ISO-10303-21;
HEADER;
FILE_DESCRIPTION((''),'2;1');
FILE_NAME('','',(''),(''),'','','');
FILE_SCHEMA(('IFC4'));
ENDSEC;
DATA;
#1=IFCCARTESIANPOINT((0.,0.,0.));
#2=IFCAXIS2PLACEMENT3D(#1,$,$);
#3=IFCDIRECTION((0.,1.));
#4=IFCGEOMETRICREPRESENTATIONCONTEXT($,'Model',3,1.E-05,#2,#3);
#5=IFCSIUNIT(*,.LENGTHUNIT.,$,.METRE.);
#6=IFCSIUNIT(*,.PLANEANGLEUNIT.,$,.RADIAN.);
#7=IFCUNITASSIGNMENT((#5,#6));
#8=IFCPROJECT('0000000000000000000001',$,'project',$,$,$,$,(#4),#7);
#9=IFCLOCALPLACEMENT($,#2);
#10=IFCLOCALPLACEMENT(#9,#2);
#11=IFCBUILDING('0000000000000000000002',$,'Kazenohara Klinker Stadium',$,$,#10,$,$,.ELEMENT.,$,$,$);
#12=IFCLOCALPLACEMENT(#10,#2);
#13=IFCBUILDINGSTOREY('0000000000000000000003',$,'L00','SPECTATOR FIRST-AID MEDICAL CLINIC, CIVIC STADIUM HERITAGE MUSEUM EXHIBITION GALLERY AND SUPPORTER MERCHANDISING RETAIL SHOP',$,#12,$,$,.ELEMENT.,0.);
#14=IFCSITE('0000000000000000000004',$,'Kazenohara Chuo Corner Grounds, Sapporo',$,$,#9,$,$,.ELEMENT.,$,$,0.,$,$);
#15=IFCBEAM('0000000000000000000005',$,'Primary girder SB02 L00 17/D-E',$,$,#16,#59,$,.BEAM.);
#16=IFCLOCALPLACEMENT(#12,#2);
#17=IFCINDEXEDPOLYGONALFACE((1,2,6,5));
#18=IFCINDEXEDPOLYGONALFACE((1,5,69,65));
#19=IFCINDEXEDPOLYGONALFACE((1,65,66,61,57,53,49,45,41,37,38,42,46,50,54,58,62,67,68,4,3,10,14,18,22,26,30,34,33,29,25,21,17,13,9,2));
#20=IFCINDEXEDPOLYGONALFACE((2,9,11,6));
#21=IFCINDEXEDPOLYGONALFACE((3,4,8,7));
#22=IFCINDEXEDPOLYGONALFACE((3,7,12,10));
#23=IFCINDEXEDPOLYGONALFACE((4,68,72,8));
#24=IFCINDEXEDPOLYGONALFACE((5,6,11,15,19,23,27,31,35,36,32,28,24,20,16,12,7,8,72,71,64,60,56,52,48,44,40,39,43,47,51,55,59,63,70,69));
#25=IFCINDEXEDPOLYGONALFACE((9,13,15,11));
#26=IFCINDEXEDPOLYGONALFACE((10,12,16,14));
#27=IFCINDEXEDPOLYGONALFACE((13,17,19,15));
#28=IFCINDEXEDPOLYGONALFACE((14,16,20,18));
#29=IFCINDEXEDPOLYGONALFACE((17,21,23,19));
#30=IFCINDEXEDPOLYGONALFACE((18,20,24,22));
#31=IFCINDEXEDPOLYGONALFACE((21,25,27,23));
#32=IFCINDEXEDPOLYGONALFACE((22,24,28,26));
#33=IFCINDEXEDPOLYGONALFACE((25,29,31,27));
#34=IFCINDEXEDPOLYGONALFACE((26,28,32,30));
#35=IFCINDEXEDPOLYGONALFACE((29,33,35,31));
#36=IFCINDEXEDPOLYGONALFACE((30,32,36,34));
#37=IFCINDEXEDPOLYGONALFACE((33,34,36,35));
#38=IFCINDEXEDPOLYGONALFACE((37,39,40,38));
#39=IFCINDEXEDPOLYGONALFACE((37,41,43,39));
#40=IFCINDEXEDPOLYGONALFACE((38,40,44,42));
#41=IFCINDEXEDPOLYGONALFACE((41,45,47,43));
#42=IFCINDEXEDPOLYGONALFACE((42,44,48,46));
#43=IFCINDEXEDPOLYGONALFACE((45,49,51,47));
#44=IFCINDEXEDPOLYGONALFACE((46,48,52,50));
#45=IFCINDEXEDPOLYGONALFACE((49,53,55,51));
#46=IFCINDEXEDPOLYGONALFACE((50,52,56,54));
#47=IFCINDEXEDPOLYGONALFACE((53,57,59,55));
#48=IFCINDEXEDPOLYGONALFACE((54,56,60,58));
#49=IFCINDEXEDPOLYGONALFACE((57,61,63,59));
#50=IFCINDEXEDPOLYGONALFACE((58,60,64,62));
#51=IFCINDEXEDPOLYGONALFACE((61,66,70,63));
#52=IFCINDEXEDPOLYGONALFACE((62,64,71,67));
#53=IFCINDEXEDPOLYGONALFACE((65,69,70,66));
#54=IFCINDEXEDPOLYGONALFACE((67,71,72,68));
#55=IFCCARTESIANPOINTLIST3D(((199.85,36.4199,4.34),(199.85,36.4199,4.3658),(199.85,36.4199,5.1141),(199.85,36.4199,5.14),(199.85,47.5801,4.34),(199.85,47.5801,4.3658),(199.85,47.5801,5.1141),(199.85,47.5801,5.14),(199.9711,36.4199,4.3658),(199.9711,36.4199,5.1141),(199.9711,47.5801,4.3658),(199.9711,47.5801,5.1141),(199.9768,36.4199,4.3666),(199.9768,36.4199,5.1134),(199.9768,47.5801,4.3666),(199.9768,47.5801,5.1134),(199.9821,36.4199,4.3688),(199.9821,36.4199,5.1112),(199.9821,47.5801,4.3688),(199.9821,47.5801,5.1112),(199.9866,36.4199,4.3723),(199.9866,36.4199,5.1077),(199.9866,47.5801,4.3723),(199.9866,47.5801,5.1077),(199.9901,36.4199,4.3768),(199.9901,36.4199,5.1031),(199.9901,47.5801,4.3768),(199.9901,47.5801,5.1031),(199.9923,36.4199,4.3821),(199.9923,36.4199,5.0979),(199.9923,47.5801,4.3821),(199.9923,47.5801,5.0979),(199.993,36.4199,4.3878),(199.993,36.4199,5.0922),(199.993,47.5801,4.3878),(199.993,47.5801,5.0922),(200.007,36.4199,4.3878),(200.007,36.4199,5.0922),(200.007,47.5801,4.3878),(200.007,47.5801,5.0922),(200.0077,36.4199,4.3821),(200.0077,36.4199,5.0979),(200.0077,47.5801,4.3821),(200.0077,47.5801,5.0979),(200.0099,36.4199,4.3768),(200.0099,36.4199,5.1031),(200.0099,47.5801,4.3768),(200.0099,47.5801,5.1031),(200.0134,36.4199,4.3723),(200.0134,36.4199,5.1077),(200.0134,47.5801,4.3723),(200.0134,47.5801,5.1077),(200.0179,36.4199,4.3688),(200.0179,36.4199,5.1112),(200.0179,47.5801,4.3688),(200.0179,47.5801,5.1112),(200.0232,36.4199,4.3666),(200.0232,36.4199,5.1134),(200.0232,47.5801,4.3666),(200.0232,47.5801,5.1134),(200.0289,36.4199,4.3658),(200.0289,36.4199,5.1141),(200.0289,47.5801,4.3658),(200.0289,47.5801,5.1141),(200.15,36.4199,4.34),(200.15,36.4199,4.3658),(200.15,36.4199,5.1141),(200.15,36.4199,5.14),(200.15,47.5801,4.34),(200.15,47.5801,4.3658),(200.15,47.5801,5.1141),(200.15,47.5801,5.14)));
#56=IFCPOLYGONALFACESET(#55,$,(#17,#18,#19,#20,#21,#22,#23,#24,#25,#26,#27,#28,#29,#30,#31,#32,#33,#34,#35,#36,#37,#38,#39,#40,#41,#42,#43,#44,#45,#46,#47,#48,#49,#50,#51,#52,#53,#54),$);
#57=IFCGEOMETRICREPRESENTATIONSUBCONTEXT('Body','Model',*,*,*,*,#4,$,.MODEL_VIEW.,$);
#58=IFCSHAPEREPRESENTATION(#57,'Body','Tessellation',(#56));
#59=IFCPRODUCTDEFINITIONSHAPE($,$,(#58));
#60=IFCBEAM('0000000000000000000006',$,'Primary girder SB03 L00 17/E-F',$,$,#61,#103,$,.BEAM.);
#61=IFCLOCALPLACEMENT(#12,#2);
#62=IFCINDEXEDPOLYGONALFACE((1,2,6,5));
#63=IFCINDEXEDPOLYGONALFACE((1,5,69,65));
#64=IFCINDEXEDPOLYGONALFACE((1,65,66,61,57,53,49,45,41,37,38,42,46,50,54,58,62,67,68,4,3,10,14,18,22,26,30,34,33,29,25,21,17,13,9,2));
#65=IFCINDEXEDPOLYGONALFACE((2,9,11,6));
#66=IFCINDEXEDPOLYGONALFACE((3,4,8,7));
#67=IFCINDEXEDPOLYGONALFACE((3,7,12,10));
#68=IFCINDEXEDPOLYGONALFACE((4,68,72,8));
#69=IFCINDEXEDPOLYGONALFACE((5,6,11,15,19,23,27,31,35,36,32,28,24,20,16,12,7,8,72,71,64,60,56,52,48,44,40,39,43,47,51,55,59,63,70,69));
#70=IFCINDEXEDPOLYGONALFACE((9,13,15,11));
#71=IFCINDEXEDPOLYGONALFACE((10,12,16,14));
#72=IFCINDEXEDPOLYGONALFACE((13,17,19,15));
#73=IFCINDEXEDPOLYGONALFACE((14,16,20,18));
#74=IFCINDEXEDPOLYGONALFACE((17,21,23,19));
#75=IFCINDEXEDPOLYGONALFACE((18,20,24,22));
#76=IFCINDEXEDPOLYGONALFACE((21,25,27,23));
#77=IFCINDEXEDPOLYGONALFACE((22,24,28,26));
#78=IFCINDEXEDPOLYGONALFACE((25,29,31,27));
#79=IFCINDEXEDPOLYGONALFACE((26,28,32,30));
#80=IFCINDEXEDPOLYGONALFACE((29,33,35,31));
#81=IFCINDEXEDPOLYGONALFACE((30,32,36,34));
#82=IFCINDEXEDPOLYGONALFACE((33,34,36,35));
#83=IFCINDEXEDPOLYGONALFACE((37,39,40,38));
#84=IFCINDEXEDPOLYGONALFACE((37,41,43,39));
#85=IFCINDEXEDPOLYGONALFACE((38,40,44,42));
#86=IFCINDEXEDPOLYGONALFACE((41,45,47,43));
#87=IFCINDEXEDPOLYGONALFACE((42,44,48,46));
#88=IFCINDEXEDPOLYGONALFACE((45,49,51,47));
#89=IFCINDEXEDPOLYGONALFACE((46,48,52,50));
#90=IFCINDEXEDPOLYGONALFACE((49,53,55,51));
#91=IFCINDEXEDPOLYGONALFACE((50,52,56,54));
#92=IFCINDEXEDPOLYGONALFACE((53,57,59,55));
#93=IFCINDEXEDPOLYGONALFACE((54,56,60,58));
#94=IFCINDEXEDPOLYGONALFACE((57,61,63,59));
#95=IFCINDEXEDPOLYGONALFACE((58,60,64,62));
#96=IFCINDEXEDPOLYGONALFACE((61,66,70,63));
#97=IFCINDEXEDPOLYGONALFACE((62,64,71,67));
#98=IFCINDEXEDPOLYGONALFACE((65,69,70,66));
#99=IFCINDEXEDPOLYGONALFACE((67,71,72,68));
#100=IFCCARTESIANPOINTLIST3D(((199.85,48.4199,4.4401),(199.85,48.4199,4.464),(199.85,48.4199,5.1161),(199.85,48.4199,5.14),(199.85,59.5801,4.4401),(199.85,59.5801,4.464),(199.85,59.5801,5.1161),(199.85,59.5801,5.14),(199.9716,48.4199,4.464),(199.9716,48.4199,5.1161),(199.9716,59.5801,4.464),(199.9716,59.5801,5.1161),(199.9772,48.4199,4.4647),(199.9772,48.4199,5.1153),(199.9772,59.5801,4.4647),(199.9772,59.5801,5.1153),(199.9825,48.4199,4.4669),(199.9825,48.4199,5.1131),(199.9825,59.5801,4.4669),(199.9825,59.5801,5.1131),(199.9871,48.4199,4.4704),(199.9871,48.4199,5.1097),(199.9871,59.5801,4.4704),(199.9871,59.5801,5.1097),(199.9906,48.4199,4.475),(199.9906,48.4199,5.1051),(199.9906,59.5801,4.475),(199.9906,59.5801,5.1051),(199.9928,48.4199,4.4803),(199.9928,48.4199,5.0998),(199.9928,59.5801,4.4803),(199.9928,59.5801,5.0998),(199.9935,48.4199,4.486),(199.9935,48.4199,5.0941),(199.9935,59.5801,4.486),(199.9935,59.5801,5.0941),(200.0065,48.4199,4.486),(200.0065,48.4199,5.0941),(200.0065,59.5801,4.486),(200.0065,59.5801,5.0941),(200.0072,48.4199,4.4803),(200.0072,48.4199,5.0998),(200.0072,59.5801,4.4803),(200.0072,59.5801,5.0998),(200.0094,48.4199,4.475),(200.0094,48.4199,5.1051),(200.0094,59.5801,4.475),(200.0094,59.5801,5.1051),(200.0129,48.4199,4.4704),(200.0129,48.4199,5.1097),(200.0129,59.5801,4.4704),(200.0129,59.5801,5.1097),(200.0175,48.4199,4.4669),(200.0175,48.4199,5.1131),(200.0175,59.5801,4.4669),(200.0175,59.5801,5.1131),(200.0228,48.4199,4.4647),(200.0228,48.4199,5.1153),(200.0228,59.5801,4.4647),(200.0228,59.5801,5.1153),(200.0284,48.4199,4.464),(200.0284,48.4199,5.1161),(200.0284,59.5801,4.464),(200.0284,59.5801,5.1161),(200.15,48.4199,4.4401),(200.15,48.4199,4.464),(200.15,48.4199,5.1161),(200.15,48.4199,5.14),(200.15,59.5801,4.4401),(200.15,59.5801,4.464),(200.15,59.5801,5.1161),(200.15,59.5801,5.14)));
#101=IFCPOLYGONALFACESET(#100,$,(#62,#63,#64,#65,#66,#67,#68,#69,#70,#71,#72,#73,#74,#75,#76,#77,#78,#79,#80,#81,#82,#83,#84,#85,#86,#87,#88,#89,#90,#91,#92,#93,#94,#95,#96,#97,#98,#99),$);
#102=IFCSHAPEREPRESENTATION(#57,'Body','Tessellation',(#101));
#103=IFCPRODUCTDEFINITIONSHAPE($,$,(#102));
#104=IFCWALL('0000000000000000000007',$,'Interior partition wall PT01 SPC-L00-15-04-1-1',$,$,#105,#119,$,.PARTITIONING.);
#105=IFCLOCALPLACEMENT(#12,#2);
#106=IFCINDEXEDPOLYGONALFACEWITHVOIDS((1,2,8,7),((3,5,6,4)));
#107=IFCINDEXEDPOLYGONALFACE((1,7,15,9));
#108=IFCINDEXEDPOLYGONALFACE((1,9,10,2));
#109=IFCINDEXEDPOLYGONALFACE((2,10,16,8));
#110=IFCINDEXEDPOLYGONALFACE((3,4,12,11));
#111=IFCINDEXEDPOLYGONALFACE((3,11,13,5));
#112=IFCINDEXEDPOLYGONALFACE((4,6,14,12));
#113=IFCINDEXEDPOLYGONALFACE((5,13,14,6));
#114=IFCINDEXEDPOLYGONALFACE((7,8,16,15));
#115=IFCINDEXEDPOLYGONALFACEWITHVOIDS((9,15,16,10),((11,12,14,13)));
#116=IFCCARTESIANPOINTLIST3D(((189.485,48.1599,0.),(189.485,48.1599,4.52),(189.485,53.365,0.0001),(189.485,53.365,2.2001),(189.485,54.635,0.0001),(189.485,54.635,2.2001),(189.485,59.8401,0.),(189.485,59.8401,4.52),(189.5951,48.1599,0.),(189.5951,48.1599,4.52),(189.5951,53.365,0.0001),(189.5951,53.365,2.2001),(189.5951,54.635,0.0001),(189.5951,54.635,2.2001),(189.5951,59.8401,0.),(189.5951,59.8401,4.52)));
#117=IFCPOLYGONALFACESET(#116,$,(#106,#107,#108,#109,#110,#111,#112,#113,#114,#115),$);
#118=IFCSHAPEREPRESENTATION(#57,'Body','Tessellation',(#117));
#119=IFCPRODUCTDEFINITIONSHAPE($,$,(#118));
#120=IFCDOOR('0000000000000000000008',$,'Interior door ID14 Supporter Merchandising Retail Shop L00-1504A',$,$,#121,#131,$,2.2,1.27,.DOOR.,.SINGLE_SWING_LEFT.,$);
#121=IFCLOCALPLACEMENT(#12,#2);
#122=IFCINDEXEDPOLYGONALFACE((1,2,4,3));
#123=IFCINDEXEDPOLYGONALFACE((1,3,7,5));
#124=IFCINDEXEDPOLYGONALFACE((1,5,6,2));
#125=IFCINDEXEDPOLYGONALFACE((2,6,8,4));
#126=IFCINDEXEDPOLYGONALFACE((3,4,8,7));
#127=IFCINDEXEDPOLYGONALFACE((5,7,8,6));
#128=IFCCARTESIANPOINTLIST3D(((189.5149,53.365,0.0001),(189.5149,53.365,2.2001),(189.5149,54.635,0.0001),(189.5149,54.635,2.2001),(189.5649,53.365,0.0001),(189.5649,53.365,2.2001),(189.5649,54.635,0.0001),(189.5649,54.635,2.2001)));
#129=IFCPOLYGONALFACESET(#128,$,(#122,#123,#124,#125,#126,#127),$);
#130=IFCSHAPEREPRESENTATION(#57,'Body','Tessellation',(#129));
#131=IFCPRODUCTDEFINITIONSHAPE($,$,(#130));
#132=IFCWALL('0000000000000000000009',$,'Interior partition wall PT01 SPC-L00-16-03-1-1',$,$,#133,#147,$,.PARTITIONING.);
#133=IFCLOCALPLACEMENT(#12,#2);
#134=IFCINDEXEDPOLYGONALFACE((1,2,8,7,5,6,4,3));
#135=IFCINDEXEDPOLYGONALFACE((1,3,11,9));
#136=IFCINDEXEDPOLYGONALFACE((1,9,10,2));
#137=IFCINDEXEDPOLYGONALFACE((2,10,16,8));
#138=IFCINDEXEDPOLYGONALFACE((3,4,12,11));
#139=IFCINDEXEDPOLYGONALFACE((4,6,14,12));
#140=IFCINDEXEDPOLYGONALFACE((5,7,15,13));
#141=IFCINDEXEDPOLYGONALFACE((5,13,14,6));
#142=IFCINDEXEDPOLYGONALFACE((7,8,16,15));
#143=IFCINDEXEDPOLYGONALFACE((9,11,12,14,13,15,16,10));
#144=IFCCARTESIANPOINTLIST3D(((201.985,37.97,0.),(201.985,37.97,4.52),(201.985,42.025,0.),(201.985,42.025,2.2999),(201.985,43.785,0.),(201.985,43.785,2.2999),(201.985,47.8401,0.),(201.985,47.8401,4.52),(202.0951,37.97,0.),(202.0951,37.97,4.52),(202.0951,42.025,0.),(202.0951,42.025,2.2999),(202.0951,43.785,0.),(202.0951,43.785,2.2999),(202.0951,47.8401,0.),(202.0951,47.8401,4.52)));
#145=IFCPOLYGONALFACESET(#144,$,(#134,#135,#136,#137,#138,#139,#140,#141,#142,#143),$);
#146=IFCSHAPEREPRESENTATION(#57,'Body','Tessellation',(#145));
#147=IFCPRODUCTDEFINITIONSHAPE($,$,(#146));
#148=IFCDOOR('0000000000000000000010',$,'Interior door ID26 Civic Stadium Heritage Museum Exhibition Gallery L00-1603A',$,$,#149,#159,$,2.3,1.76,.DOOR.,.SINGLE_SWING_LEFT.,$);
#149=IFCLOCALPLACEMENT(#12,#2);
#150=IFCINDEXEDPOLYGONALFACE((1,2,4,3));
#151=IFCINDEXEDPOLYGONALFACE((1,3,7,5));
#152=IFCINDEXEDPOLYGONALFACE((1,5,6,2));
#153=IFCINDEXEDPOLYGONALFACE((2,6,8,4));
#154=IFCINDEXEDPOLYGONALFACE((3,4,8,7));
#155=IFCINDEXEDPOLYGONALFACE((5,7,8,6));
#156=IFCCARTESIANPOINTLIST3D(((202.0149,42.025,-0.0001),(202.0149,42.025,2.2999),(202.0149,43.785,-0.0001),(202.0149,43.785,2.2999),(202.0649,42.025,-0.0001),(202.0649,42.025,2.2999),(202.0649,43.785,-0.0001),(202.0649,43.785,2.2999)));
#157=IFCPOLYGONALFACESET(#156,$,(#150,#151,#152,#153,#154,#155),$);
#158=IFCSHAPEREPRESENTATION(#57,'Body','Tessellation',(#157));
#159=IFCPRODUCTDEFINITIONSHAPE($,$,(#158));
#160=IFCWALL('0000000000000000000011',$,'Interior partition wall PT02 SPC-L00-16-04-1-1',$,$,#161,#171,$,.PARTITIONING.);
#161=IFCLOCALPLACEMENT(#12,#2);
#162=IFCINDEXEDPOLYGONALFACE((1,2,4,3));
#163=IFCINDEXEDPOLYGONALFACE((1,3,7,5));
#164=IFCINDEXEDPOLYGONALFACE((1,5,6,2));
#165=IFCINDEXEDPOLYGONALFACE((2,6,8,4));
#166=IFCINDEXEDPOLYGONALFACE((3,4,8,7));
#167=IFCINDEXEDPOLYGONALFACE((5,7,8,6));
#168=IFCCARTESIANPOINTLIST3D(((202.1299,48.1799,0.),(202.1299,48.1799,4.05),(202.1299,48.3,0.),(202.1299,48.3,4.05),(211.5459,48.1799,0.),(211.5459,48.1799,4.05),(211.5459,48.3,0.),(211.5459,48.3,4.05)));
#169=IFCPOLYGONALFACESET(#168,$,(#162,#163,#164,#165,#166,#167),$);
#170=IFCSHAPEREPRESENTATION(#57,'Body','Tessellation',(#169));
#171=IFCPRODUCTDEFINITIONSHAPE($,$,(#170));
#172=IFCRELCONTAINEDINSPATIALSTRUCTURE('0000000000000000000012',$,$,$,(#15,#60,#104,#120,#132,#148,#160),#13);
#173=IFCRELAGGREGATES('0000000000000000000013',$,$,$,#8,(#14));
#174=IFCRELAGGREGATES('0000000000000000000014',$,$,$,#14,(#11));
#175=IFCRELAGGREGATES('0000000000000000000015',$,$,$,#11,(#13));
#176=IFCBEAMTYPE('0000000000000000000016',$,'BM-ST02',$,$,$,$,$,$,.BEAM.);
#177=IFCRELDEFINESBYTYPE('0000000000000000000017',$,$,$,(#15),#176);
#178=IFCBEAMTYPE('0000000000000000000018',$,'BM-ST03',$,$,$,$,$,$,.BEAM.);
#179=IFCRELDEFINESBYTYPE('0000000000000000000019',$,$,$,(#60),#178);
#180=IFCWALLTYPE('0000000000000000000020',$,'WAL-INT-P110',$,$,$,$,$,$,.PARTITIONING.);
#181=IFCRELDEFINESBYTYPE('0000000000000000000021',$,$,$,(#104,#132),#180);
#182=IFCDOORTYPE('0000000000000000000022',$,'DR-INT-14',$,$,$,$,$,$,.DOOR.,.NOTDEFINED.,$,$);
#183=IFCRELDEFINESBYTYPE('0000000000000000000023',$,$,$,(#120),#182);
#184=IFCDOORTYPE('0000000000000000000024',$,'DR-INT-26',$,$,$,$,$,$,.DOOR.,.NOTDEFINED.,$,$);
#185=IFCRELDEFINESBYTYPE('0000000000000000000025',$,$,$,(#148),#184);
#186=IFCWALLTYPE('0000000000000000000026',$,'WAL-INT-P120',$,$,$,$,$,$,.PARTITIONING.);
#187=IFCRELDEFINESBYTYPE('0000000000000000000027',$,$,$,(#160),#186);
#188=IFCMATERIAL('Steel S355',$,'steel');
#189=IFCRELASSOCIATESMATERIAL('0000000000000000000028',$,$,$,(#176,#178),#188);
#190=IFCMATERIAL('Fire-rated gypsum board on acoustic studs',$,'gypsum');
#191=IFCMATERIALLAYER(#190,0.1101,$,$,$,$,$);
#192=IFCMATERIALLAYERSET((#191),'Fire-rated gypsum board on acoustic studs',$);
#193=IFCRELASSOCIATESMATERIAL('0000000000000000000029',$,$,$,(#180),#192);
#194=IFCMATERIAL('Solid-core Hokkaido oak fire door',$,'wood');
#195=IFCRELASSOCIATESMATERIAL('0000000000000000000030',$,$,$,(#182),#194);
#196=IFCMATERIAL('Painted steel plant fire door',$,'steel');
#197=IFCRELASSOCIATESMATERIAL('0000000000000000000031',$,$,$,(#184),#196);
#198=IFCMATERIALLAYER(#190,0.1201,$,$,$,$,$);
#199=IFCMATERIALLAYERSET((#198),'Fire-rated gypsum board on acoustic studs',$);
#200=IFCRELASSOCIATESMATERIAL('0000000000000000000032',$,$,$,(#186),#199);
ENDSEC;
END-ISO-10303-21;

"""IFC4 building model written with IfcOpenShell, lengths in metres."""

from ifc_helpers import new_model, si_unit, direction, frame, frame_2d, origin, origin_2d, place, context, subcontext, project, spatial, rectangle, i_section, extrude, material, layer, layer_set, material_profile, profile_set, type_object, element, fill, save


model = new_model("IFC4")

# Units and contexts
model_context = context("Model", 3, precision=1e-05, world=origin(), true_north=direction((0.0, 1.0)))
body_context = subcontext(model_context, "Body", "Model", "MODEL_VIEW")
ifc_project = project(units=[si_unit("LENGTHUNIT", "METRE"), si_unit("PLANEANGLEUNIT", "RADIAN")], contexts=[model_context])

# Site, building, storey
site_placement = place(None, origin())
site = spatial("IfcSite", under=ifc_project, at=site_placement, Name="Kazenohara Chuo Corner Grounds, Sapporo", CompositionType="ELEMENT", RefElevation=0.0)
building_placement = place(site_placement, origin())
building = spatial("IfcBuilding", under=site, at=building_placement, Name="Kazenohara Klinker Stadium", CompositionType="ELEMENT")
storey_placement = place(building_placement, origin())
storey = spatial("IfcBuildingStorey", under=building, at=storey_placement, Name="L00", Description="SPECTATOR FIRST-AID MEDICAL CLINIC, CIVIC STADIUM HERITAGE MUSEUM EXHIBITION GALLERY AND SUPPORTER MERCHANDISING RETAIL SHOP", CompositionType="ELEMENT", Elevation=0.0)

# Beams
ifc_material_1 = material(Name="Steel S355", Category="steel")
ifc_material_profile_1 = material_profile(ifc_material_1, i_section(OverallWidth=0.3, OverallDepth=0.8, WebThickness=0.0139, FlangeThickness=0.0259, FilletRadius=0.022, at=origin_2d()), Name="H-800x300x14x26")
ifc_profile_set_1 = profile_set([ifc_material_profile_1], Name="Steel S355")
beam_type_1 = type_object("IfcBeamType", Name="BM-ST02", PredefinedType="BEAM", material=ifc_profile_set_1)
beam_1_placement = place(storey_placement, frame((200.0, 36.4199, 4.74), z_axis=(0.0, 1.0, 0.0), x_axis=(-1.0, 0.0, 0.0)))
element("IfcBeam", 1, at=beam_1_placement, inside=storey, type_object=beam_type_1, Name="Primary girder SB02 L00 17/D-E", PredefinedType="BEAM", context=body_context, shape_type="SweptSolid", body=[
    extrude(i_section(OverallWidth=0.3, OverallDepth=0.8, WebThickness=0.0139, FlangeThickness=0.0259, FilletRadius=0.022, at=origin_2d()), origin(), (0.0, 0.0, 1.0), 11.1602),
])
ifc_material_profile_2 = material_profile(ifc_material_1, i_section(OverallWidth=0.3, OverallDepth=0.7, WebThickness=0.0129, FlangeThickness=0.0239, FilletRadius=0.022, at=origin_2d()), Name="H-700x300x13x24")
ifc_profile_set_2 = profile_set([ifc_material_profile_2], Name="Steel S355")
beam_type_2 = type_object("IfcBeamType", Name="BM-ST03", PredefinedType="BEAM", material=ifc_profile_set_2)
beam_2_placement = place(storey_placement, frame((200.0, 48.4199, 4.79), z_axis=(0.0, 1.0, 0.0), x_axis=(-1.0, 0.0, 0.0)))
element("IfcBeam", 2, at=beam_2_placement, inside=storey, type_object=beam_type_2, Name="Primary girder SB03 L00 17/E-F", PredefinedType="BEAM", context=body_context, shape_type="SweptSolid", body=[
    extrude(i_section(OverallWidth=0.3, OverallDepth=0.7, WebThickness=0.0129, FlangeThickness=0.0239, FilletRadius=0.022, at=origin_2d()), origin(), (0.0, 0.0, 1.0), 11.1602),
])

# Walls, openings, doors
ifc_material_2 = material(Name="Fire-rated gypsum board on acoustic studs", Category="gypsum")
ifc_layer_1 = layer(ifc_material_2, 0.1101)
ifc_layer_set_1 = layer_set([ifc_layer_1], Name="Fire-rated gypsum board on acoustic studs")
wall_type_1 = type_object("IfcWallType", Name="WAL-INT-P110", PredefinedType="PARTITIONING", material=ifc_layer_set_1)
wall_1_placement = place(storey_placement, frame((189.54, 48.1599, 0.0), z_axis=(0.0, 0.0, 1.0), x_axis=(0.0, 1.0, 0.0)))
wall_1 = element("IfcWall", 3, at=wall_1_placement, inside=storey, type_object=wall_type_1, Name="Interior partition wall PT01 SPC-L00-15-04-1-1", PredefinedType="PARTITIONING", context=body_context, shape_type="SweptSolid", body=[
    extrude(rectangle(XDim=11.6802, YDim=0.1101, at=frame_2d((5.8401, 0.0))), origin(), (0.0, 0.0, 1.0), 4.52),
])
opening_1_placement = place(wall_1_placement, frame((6.4751, 0.0, 0.0), z_axis=(0.0, 0.0, 1.0), x_axis=(-1.0, 0.0, 0.0)))
opening_1 = element("IfcOpeningElement", 4, at=opening_1_placement, cuts=wall_1, PredefinedType="OPENING", context=body_context, shape_type="SweptSolid", body=[
    extrude(rectangle(XDim=1.27, YDim=2.2, at=frame_2d((0.635, 1.1001))), frame((0.0, 0.0649, 0.0), z_axis=(0.0, -1.0, 0.0), x_axis=(1.0, 0.0, 0.0)), (0.0, 0.0, 1.0), 0.1301),
])
ifc_material_3 = material(Name="Solid-core Hokkaido oak fire door", Category="wood")
door_type_1 = type_object("IfcDoorType", Name="DR-INT-14", OperationType="NOTDEFINED", PredefinedType="DOOR", material=ifc_material_3)
door_1_placement = place(opening_1_placement, origin())
door_1 = element("IfcDoor", 5, at=door_1_placement, inside=storey, type_object=door_type_1, Name="Interior door ID14 Supporter Merchandising Retail Shop L00-1504A", OperationType="SINGLE_SWING_LEFT", OverallHeight=2.2, OverallWidth=1.27, PredefinedType="DOOR", context=body_context, shape_type="SweptSolid", body=[
    extrude(rectangle(XDim=1.27, YDim=2.2, at=frame_2d((0.635, 1.1001))), frame((0.0, 0.0249, 0.0), z_axis=(0.0, -1.0, 0.0), x_axis=(1.0, 0.0, 0.0)), (0.0, 0.0, 1.0), 0.05),
])
fill(opening_1, door_1)
wall_2_placement = place(storey_placement, frame((202.04, 37.97, 0.0), z_axis=(0.0, 0.0, 1.0), x_axis=(0.0, 1.0, 0.0)))
wall_2 = element("IfcWall", 6, at=wall_2_placement, inside=storey, type_object=wall_type_1, Name="Interior partition wall PT01 SPC-L00-16-03-1-1", PredefinedType="PARTITIONING", context=body_context, shape_type="SweptSolid", body=[
    extrude(rectangle(XDim=9.8701, YDim=0.1101, at=frame_2d((4.9351, 0.0))), origin(), (0.0, 0.0, 1.0), 4.52),
])
opening_2_placement = place(wall_2_placement, frame((5.8149, 0.0, 0.0), z_axis=(0.0, 0.0, 1.0), x_axis=(-1.0, 0.0, 0.0)))
opening_2 = element("IfcOpeningElement", 7, at=opening_2_placement, cuts=wall_2, PredefinedType="OPENING", context=body_context, shape_type="SweptSolid", body=[
    extrude(rectangle(XDim=1.76, YDim=2.3, at=frame_2d((0.8799, 1.1499))), frame((0.0, 0.0649, 0.0), z_axis=(0.0, -1.0, 0.0), x_axis=(1.0, 0.0, 0.0)), (0.0, 0.0, 1.0), 0.1301),
])
ifc_material_4 = material(Name="Painted steel plant fire door", Category="steel")
door_type_2 = type_object("IfcDoorType", Name="DR-INT-26", OperationType="NOTDEFINED", PredefinedType="DOOR", material=ifc_material_4)
door_2_placement = place(opening_2_placement, origin())
door_2 = element("IfcDoor", 8, at=door_2_placement, inside=storey, type_object=door_type_2, Name="Interior door ID26 Civic Stadium Heritage Museum Exhibition Gallery L00-1603A", OperationType="SINGLE_SWING_LEFT", OverallHeight=2.3, OverallWidth=1.76, PredefinedType="DOOR", context=body_context, shape_type="SweptSolid", body=[
    extrude(rectangle(XDim=1.76, YDim=2.3, at=frame_2d((0.8799, 1.1499))), frame((0.0, 0.0249, 0.0), z_axis=(0.0, -1.0, 0.0), x_axis=(1.0, 0.0, 0.0)), (0.0, 0.0, 1.0), 0.05),
])
fill(opening_2, door_2)

# Wall
ifc_layer_2 = layer(ifc_material_2, 0.1201)
ifc_layer_set_2 = layer_set([ifc_layer_2], Name="Fire-rated gypsum board on acoustic studs")
wall_type_2 = type_object("IfcWallType", Name="WAL-INT-P120", PredefinedType="PARTITIONING", material=ifc_layer_set_2)
wall_3_placement = place(storey_placement, frame((202.1299, 48.24, 0.0), z_axis=(0.0, 0.0, 1.0), x_axis=(1.0, 0.0, 0.0)))
element("IfcWall", 9, at=wall_3_placement, inside=storey, type_object=wall_type_2, Name="Interior partition wall PT02 SPC-L00-16-04-1-1", PredefinedType="PARTITIONING", context=body_context, shape_type="SweptSolid", body=[
    extrude(rectangle(XDim=9.416, YDim=0.1201, at=frame_2d((4.708, 0.0))), origin(), (0.0, 0.0, 1.0), 4.05),
])

save(model, "model.ifc")
